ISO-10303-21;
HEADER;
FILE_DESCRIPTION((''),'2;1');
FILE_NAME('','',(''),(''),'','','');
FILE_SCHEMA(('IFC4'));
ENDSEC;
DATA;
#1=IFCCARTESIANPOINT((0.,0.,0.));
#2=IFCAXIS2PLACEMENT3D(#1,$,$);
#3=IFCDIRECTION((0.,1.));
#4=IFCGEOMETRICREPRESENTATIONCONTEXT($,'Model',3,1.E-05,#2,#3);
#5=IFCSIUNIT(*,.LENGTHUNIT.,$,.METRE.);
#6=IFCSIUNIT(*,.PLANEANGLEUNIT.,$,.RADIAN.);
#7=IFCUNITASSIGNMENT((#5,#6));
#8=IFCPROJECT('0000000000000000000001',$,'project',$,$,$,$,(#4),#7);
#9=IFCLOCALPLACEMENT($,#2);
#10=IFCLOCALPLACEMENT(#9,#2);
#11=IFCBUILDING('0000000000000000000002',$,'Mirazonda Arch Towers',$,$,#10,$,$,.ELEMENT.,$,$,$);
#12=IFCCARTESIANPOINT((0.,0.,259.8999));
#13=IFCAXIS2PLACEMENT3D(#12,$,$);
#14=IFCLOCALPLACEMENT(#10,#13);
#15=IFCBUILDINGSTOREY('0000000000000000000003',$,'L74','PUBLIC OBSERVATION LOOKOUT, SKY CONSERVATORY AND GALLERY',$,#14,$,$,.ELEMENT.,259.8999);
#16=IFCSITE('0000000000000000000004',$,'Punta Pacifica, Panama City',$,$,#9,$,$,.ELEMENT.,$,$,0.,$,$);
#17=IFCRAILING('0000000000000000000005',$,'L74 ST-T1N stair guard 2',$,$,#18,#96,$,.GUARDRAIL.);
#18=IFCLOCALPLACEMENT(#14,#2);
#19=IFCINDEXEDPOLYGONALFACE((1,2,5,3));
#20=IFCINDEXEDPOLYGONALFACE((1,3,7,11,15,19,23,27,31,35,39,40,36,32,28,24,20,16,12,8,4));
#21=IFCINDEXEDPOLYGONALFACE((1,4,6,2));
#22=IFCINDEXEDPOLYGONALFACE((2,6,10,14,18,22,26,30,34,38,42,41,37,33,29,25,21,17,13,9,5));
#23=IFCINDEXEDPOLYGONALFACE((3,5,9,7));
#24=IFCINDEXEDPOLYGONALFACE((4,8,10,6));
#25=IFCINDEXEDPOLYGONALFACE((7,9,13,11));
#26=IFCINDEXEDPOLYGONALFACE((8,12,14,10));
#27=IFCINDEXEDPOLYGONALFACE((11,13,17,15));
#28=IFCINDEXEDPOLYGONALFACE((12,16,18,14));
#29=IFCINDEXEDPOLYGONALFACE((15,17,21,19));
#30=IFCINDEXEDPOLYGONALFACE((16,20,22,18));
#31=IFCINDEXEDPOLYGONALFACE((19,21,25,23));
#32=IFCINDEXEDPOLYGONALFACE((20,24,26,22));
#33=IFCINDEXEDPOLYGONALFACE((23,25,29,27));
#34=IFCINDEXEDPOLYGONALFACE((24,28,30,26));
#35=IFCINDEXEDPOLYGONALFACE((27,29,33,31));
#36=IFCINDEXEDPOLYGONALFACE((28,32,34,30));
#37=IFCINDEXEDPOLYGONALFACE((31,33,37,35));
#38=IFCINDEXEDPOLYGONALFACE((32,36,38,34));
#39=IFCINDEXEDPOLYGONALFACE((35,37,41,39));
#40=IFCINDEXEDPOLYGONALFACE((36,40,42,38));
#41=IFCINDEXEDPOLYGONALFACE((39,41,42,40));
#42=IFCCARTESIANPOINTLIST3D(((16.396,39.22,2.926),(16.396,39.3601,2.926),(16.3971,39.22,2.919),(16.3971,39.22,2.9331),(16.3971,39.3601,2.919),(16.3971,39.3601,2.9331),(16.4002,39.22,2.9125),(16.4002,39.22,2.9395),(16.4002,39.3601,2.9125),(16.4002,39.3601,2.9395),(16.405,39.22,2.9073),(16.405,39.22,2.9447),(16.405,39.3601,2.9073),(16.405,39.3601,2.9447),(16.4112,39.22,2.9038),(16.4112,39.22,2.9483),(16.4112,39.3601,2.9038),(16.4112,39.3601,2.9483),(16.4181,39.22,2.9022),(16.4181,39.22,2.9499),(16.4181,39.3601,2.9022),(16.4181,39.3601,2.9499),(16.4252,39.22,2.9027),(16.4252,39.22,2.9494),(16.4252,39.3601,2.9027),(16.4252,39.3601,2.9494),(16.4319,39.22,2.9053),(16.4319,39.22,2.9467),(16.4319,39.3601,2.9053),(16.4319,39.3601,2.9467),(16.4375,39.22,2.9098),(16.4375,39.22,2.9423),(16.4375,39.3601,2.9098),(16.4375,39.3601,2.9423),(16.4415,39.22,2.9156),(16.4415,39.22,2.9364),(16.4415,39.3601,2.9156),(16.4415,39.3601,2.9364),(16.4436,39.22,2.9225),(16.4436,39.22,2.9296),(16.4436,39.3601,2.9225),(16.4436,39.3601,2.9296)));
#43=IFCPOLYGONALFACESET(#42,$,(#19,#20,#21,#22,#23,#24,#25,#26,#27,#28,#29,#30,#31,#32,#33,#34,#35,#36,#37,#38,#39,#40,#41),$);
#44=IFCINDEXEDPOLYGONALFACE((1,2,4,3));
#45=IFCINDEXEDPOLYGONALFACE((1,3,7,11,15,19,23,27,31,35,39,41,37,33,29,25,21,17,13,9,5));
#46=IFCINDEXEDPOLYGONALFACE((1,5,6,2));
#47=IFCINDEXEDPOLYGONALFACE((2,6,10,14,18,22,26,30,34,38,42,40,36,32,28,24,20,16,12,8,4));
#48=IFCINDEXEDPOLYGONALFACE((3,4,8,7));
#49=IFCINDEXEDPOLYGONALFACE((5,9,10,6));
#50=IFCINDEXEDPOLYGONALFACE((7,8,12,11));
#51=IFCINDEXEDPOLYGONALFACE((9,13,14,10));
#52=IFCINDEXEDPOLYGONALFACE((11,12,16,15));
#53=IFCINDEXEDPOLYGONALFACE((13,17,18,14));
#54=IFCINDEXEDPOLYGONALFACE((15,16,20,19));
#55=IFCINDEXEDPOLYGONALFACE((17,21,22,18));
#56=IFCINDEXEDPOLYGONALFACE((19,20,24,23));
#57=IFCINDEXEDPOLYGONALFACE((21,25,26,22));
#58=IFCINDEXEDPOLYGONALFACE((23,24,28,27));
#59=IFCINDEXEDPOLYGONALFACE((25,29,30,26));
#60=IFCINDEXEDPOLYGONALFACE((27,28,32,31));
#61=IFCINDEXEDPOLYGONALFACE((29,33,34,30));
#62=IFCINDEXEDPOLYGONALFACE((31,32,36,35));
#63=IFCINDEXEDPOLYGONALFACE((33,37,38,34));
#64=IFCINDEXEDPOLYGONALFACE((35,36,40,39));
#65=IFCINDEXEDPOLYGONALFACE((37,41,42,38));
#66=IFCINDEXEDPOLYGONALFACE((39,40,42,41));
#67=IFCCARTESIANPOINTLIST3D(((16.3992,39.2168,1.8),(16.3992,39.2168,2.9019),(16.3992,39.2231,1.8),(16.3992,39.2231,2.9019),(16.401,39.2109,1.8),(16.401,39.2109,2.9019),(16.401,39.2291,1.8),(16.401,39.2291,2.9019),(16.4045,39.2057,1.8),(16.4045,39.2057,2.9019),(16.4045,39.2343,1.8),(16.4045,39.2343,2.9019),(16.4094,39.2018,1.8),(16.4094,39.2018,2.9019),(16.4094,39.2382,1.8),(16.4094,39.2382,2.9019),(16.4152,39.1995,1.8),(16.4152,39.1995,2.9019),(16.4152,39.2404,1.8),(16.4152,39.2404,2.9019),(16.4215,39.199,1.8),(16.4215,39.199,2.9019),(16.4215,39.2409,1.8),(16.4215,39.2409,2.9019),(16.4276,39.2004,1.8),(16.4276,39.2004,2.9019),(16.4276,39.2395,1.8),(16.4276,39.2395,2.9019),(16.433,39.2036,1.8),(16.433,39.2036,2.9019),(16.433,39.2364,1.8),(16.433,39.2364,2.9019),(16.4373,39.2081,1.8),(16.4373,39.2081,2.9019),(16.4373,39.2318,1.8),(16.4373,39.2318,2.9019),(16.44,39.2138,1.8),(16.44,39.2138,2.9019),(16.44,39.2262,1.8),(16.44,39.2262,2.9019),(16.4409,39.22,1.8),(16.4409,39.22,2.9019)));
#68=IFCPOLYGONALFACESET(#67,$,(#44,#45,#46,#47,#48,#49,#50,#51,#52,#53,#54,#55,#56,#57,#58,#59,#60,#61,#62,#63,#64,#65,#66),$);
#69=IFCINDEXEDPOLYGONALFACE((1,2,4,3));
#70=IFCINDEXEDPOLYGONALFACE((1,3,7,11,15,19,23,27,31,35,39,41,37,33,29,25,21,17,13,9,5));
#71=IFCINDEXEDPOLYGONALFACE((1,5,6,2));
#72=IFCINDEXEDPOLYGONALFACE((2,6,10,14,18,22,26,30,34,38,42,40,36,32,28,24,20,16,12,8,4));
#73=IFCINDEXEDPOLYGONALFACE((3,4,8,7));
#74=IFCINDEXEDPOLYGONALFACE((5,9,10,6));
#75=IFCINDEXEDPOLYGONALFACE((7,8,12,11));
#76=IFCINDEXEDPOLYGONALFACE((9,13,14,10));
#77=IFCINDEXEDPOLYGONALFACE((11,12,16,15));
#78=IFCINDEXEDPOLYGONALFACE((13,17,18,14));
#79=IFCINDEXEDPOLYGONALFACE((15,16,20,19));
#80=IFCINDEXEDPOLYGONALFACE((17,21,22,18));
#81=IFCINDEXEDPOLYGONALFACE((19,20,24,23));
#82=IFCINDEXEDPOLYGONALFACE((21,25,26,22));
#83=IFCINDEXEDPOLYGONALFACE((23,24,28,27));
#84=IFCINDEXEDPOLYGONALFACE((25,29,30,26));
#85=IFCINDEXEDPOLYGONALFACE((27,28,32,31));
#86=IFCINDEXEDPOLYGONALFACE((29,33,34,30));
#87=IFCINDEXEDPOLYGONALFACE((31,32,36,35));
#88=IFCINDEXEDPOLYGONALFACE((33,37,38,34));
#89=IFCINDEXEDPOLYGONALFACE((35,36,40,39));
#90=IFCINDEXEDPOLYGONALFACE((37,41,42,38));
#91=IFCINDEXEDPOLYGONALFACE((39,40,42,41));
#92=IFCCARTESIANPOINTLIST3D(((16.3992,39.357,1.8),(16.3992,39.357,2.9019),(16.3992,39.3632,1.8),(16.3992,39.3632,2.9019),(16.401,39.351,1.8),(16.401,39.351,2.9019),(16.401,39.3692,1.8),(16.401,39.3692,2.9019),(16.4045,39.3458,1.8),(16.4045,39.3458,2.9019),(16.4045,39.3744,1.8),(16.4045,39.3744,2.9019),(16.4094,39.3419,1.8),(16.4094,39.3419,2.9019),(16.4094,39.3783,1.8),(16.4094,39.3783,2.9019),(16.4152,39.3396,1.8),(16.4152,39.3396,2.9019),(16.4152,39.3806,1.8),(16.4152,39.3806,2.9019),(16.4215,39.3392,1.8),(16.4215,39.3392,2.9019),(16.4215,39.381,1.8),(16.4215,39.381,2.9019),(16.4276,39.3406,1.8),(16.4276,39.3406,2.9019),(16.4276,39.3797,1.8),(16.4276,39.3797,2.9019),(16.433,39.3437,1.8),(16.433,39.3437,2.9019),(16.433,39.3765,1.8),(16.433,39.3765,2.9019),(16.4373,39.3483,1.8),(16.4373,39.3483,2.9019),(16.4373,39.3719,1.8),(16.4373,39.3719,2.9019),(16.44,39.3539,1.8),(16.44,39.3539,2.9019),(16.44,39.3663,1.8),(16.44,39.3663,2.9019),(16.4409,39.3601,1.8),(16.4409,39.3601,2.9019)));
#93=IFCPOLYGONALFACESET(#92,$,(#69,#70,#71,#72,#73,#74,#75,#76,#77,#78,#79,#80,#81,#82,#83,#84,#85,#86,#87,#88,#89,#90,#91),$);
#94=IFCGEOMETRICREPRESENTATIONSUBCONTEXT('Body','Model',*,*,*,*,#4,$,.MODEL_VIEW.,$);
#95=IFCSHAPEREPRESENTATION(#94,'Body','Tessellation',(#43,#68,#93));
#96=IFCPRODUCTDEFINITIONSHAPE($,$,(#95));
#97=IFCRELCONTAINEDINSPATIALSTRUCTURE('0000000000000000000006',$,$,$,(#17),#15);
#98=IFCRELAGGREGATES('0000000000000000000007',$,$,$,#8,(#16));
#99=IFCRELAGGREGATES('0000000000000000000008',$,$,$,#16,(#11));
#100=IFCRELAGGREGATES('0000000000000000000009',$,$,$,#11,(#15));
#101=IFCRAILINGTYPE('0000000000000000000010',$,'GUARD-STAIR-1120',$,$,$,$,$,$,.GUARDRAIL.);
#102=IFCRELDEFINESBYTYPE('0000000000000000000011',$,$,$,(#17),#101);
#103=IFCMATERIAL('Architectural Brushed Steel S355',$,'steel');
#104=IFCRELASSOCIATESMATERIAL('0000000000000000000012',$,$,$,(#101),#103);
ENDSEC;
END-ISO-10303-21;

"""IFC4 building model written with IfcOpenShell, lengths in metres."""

from ifc_helpers import new_model, si_unit, direction, frame, origin, origin_2d, place, context, subcontext, project, spatial, circle, extrude, material, type_object, element, save


model = new_model("IFC4")

# Units and contexts
model_context = context("Model", 3, precision=1e-05, world=origin(), true_north=direction((0.0, 1.0)))
body_context = subcontext(model_context, "Body", "Model", "MODEL_VIEW")
ifc_project = project(units=[si_unit("LENGTHUNIT", "METRE"), si_unit("PLANEANGLEUNIT", "RADIAN")], contexts=[model_context])

# Site, building, storey
site_placement = place(None, origin())
site = spatial("IfcSite", under=ifc_project, at=site_placement, Name="Punta Pacifica, Panama City", CompositionType="ELEMENT", RefElevation=0.0)
building_placement = place(site_placement, origin())
building = spatial("IfcBuilding", under=site, at=building_placement, Name="Mirazonda Arch Towers", CompositionType="ELEMENT")
storey_placement = place(building_placement, frame((0.0, 0.0, 259.8999)))
storey = spatial("IfcBuildingStorey", under=building, at=storey_placement, Name="L74", Description="PUBLIC OBSERVATION LOOKOUT, SKY CONSERVATORY AND GALLERY", CompositionType="ELEMENT", Elevation=259.8999)

# Railing
ifc_material_1 = material(Name="Architectural Brushed Steel S355", Category="steel")
railing_type = type_object("IfcRailingType", Name="GUARD-STAIR-1120", PredefinedType="GUARDRAIL", material=ifc_material_1)
railing_placement = place(storey_placement, frame((16.4199, 39.22, 1.8)))
element("IfcRailing", 1, at=railing_placement, inside=storey, type_object=railing_type, Name="L74 ST-T1N stair guard 2", PredefinedType="GUARDRAIL", context=body_context, shape_type="SweptSolid", body=[
    extrude(circle(Radius=0.0239, at=origin_2d()), frame((0.0, 0.0, 1.126), z_axis=(0.0, 1.0, 0.0), x_axis=(-1.0, 0.0, 0.0)), (0.0, 0.0, 1.0), 0.1401),
    extrude(circle(Radius=0.021, at=origin_2d()), origin(), (0.0, 0.0, 1.0), 1.1018),
    extrude(circle(Radius=0.021, at=origin_2d()), frame((0.0, 0.1401, 0.0)), (0.0, 0.0, 1.0), 1.1018),
])

save(model, "model.ifc")
